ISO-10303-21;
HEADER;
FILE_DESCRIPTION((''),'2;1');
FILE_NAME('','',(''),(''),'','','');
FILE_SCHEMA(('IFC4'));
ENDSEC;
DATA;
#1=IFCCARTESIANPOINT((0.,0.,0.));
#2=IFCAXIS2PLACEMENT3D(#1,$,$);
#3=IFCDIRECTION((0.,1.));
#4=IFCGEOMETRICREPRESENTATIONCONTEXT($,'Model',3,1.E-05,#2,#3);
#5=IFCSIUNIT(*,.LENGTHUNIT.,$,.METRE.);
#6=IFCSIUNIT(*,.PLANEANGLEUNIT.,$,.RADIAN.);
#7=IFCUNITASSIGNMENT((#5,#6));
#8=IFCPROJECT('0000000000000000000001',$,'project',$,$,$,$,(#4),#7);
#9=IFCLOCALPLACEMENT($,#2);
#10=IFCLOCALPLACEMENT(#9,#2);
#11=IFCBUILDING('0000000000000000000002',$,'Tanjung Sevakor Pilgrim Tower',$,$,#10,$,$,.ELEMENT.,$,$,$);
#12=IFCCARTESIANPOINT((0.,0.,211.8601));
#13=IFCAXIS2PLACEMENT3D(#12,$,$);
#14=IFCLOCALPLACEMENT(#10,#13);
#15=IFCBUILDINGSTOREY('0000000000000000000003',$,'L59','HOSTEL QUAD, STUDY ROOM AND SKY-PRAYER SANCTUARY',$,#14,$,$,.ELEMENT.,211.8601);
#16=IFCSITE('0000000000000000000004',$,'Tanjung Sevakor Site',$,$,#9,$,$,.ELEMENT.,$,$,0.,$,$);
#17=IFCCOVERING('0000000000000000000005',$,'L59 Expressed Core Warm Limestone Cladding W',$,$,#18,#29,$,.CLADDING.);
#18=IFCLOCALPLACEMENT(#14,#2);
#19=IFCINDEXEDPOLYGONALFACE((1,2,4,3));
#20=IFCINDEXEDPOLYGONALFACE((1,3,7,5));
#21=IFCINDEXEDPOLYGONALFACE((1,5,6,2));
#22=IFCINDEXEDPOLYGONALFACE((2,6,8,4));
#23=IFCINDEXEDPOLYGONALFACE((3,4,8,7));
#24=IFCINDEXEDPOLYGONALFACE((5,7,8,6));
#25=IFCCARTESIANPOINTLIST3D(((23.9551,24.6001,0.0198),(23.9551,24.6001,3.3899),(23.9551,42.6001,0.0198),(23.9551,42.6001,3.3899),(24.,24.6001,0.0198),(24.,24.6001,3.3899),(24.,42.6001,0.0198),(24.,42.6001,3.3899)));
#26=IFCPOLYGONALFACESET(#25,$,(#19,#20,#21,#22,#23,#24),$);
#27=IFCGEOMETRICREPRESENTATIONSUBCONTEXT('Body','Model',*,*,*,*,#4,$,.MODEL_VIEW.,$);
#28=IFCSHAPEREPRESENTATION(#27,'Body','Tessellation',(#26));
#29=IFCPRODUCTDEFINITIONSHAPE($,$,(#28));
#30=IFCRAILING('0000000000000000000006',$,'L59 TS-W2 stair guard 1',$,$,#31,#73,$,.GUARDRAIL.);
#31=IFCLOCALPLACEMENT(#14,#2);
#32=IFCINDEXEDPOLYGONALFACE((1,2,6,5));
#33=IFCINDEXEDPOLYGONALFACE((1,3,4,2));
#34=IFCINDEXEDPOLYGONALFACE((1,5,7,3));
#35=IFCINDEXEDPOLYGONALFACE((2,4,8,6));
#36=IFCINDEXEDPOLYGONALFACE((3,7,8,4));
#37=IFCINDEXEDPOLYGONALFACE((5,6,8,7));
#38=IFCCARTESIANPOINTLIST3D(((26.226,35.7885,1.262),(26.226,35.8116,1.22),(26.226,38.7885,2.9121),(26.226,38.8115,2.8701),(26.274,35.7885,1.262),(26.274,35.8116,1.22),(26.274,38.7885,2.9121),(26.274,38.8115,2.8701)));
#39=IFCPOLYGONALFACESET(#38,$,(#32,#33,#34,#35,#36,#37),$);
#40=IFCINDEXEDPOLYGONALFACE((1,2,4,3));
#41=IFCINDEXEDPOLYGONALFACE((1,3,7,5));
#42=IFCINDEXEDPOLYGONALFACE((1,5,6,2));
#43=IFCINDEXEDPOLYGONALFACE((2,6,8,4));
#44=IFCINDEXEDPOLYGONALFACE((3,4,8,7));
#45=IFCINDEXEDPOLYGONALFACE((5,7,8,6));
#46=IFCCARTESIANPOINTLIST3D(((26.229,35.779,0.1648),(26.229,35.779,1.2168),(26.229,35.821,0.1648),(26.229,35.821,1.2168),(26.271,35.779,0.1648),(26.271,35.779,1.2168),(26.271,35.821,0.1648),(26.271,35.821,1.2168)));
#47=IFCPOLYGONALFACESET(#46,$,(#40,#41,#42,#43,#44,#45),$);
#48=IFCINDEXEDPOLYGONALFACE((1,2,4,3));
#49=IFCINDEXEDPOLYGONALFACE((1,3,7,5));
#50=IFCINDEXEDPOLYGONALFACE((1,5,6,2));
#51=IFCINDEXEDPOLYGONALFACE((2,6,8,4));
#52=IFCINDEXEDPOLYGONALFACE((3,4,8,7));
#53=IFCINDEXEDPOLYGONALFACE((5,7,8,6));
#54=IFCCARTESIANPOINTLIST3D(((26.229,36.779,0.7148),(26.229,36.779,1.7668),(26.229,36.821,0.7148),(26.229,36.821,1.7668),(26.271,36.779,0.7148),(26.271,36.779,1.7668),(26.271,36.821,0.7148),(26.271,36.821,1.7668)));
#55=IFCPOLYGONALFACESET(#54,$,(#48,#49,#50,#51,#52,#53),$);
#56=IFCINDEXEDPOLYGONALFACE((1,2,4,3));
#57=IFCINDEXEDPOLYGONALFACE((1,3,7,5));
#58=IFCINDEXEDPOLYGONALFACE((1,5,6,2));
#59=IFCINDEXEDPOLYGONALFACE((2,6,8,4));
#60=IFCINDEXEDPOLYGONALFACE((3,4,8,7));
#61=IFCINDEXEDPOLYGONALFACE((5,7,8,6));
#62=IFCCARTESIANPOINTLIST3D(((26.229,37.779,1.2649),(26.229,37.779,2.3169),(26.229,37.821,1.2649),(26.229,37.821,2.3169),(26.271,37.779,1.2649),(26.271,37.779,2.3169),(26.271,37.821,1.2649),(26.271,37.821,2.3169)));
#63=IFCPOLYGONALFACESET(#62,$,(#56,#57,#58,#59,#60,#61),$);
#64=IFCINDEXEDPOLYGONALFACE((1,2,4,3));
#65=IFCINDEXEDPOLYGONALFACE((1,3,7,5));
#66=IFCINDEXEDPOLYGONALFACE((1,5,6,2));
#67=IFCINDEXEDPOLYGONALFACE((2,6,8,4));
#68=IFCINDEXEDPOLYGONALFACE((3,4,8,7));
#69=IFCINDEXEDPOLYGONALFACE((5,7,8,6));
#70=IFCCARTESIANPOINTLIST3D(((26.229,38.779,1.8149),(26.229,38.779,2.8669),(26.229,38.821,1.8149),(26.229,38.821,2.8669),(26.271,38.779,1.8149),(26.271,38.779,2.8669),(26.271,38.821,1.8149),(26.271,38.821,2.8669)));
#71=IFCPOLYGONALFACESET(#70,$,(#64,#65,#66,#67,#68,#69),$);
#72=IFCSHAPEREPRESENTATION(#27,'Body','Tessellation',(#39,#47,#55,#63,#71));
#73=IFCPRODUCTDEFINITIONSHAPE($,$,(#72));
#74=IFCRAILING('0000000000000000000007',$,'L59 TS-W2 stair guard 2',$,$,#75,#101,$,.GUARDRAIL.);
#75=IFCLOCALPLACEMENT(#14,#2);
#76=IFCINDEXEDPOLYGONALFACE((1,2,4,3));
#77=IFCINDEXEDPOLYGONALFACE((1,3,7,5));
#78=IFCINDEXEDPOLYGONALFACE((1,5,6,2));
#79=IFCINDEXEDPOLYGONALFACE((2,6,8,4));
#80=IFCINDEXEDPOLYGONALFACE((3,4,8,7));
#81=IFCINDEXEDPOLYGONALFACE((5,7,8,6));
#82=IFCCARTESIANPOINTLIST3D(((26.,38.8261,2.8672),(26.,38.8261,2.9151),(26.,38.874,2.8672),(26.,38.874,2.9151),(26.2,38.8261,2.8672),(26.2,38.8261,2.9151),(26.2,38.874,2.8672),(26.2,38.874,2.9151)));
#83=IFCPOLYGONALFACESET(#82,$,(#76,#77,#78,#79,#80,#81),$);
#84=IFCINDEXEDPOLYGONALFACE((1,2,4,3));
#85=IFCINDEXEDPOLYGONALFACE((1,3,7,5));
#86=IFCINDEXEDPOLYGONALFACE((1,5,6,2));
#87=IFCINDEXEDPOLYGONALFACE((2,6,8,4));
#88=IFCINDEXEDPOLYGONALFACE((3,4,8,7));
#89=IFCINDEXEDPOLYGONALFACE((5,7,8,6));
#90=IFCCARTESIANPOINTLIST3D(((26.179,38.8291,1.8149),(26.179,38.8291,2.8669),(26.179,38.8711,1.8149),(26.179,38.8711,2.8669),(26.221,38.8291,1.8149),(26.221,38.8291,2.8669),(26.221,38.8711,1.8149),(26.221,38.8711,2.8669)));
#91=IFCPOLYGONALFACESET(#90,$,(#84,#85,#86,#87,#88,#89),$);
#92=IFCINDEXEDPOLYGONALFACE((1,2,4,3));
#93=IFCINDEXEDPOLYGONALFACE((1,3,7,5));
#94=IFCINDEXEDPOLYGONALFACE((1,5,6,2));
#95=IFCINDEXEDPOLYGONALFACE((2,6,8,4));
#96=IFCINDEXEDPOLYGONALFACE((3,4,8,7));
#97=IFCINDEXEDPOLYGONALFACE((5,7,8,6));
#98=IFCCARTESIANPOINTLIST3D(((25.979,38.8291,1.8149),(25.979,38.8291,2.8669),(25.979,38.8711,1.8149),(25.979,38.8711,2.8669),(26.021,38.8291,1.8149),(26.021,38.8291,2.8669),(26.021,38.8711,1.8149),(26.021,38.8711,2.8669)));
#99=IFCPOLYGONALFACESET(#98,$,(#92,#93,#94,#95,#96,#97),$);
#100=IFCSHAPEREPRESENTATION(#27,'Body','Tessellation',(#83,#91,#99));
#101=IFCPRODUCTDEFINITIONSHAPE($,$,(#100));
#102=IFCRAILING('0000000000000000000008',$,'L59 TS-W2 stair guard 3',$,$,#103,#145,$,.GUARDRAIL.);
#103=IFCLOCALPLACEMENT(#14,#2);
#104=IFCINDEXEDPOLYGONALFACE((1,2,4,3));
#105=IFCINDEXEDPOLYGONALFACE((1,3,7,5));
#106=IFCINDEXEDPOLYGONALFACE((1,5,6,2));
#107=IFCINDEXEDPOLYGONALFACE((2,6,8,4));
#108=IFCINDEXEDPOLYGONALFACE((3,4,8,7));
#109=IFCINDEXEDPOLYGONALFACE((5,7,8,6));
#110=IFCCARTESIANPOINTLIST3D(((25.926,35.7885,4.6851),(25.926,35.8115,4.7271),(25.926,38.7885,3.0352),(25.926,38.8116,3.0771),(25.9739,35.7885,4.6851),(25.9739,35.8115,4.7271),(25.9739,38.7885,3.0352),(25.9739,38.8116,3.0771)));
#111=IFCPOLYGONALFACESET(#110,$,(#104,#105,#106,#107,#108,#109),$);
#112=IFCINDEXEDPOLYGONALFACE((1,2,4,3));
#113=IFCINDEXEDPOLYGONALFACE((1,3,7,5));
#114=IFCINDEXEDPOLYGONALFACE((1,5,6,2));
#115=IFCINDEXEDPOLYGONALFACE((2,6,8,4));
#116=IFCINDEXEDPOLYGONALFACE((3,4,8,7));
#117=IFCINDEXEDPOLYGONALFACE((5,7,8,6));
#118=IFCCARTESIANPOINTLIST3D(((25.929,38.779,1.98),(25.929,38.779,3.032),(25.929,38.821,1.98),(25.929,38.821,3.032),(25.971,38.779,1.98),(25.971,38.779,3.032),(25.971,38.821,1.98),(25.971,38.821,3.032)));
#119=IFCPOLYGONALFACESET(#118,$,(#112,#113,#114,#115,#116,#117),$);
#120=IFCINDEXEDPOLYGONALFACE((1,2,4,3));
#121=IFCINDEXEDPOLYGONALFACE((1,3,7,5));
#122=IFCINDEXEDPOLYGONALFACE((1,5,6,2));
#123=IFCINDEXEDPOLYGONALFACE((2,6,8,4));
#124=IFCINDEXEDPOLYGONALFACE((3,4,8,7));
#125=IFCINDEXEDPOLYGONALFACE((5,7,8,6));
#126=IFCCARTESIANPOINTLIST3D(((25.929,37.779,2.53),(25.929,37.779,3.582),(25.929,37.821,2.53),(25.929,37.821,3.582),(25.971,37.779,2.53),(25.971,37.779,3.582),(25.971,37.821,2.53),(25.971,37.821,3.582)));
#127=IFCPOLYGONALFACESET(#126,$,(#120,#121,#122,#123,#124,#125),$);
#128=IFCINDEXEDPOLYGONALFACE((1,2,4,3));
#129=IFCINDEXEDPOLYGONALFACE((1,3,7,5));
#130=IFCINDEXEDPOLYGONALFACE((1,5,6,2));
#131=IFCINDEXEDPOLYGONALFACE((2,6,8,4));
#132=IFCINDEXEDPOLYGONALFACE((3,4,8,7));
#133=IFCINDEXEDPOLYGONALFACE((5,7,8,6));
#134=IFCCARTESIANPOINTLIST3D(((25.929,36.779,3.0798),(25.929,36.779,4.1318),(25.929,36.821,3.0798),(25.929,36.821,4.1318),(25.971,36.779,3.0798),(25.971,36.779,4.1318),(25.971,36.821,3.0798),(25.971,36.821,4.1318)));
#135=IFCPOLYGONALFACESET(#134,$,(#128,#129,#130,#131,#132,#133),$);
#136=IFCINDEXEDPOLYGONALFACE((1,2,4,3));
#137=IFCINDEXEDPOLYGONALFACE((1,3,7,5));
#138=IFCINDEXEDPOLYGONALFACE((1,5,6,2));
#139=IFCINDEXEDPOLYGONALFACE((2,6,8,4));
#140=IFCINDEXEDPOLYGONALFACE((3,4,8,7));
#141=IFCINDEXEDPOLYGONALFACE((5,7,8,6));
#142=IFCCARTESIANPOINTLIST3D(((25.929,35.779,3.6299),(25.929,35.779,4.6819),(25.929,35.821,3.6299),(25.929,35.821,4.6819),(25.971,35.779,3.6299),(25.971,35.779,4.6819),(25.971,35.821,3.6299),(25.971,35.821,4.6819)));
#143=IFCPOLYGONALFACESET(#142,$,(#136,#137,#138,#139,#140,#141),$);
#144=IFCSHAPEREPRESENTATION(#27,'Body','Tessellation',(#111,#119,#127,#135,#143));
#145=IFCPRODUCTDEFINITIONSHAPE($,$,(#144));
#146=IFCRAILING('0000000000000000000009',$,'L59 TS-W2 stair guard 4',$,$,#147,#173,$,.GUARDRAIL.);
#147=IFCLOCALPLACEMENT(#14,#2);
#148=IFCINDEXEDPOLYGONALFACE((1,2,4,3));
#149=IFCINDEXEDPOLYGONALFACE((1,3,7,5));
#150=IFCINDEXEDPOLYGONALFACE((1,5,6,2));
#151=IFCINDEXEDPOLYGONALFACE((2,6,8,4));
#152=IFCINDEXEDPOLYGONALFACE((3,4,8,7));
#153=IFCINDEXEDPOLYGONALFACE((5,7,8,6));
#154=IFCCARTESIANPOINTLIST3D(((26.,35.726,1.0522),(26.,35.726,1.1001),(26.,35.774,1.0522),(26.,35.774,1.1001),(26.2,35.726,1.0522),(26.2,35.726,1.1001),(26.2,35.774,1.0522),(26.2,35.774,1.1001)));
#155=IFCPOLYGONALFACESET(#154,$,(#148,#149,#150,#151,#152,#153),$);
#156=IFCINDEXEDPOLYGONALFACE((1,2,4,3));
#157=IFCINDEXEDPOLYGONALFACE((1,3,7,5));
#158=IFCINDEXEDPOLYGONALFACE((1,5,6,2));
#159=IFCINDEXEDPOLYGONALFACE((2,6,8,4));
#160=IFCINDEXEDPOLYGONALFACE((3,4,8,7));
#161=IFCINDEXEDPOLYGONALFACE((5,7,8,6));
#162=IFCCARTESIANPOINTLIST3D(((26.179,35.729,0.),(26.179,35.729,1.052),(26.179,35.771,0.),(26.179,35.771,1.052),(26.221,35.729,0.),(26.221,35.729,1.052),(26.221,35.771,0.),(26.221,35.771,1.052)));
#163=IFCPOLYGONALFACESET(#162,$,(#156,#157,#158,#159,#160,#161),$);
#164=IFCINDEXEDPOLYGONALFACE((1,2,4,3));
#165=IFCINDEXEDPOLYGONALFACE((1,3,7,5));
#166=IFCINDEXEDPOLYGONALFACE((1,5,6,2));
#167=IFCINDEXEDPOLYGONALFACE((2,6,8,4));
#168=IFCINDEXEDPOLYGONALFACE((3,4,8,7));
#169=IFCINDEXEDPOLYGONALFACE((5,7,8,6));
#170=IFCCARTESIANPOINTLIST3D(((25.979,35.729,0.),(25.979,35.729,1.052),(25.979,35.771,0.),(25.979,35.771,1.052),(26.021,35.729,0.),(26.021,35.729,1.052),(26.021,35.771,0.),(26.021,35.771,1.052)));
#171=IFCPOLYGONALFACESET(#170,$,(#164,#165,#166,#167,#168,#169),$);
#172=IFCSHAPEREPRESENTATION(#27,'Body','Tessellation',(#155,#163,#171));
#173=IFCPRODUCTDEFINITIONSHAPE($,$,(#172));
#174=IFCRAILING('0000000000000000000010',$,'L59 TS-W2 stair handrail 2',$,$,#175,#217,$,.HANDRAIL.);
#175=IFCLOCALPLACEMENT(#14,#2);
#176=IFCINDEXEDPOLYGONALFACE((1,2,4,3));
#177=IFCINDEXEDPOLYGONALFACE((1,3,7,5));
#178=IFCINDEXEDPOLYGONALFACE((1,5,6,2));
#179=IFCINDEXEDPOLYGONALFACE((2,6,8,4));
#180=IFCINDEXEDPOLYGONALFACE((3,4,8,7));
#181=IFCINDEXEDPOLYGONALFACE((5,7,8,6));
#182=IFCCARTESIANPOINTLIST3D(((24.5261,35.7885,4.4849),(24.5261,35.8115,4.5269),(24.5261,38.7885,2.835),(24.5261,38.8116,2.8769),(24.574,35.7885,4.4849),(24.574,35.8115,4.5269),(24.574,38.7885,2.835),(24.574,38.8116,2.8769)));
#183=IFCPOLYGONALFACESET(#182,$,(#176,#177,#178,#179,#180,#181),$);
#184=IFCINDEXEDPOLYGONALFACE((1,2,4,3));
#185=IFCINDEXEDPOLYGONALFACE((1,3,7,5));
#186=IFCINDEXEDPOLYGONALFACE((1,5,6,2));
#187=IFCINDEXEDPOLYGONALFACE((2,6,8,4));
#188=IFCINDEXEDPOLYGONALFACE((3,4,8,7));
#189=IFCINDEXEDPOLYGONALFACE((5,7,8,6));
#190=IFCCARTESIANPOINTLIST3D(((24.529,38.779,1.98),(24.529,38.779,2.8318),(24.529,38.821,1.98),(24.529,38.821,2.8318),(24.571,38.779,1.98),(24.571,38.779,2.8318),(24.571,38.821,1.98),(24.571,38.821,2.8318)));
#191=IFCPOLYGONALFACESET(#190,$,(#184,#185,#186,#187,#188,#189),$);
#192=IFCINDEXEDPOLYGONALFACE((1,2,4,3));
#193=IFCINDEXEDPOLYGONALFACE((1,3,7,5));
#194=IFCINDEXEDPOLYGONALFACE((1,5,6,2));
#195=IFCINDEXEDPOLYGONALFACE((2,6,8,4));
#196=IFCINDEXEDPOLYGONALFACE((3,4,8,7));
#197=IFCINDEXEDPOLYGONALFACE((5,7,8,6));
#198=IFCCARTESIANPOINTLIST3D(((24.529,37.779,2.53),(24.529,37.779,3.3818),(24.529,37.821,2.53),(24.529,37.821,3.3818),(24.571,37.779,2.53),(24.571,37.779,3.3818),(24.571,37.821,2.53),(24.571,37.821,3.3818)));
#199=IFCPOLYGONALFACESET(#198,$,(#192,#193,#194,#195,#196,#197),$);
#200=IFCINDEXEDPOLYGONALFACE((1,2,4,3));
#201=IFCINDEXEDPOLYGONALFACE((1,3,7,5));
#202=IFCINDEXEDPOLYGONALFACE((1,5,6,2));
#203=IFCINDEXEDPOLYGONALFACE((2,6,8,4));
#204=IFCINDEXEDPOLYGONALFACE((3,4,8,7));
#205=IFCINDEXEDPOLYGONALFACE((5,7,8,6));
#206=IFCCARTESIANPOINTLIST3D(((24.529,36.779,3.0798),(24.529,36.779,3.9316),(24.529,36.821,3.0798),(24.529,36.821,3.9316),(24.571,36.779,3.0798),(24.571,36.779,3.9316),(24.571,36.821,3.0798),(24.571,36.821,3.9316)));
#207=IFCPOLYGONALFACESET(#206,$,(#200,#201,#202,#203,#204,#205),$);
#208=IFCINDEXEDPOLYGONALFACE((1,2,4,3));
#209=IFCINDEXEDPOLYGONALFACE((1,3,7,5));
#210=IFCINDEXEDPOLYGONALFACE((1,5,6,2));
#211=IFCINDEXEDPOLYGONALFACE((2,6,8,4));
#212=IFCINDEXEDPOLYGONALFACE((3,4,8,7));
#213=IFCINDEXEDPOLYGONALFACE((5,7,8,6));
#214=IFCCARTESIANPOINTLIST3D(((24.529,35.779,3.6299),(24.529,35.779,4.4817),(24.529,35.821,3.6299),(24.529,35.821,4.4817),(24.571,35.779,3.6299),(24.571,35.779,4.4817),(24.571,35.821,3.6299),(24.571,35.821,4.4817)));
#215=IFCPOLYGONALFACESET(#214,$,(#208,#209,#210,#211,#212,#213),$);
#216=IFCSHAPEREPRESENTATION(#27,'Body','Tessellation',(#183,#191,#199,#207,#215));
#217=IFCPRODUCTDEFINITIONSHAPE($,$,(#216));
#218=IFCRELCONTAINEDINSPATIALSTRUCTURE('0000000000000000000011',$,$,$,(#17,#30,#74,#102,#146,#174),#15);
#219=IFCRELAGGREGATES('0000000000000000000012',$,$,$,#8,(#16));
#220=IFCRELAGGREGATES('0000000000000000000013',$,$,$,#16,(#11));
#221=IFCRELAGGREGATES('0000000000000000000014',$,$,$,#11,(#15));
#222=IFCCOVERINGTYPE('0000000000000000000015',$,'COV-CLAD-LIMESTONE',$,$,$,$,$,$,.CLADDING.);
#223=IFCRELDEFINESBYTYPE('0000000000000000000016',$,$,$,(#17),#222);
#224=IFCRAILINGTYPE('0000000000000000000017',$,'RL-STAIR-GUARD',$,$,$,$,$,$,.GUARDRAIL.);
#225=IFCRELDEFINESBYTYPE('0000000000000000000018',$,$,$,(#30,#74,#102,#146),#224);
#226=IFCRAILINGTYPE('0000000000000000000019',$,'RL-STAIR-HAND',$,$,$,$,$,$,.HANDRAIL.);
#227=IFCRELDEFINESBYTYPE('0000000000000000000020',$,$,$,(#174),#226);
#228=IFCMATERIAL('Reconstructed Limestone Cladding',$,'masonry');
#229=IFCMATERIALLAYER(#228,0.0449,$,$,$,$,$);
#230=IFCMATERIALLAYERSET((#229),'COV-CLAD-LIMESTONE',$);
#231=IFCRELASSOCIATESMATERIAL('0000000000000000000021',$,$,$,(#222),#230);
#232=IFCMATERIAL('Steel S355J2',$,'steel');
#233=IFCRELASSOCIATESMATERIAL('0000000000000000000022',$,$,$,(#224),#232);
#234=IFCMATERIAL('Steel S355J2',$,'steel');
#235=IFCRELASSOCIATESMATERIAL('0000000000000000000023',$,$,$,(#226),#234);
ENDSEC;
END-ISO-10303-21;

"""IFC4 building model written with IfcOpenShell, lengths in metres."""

from ifc_helpers import new_model, si_unit, direction, frame, origin, origin_2d, place, context, subcontext, project, spatial, rectangle, extrude, material, layer, layer_set, type_object, element, save


model = new_model("IFC4")

# Units and contexts
model_context = context("Model", 3, precision=1e-05, world=origin(), true_north=direction((0.0, 1.0)))
body_context = subcontext(model_context, "Body", "Model", "MODEL_VIEW")
ifc_project = project(units=[si_unit("LENGTHUNIT", "METRE"), si_unit("PLANEANGLEUNIT", "RADIAN")], contexts=[model_context])

# Site, building, storey
site_placement = place(None, origin())
site = spatial("IfcSite", under=ifc_project, at=site_placement, Name="Tanjung Sevakor Site", CompositionType="ELEMENT", RefElevation=0.0)
building_placement = place(site_placement, origin())
building = spatial("IfcBuilding", under=site, at=building_placement, Name="Tanjung Sevakor Pilgrim Tower", CompositionType="ELEMENT")
storey_placement = place(building_placement, frame((0.0, 0.0, 211.8601)))
storey = spatial("IfcBuildingStorey", under=building, at=storey_placement, Name="L59", Description="HOSTEL QUAD, STUDY ROOM AND SKY-PRAYER SANCTUARY", CompositionType="ELEMENT", Elevation=211.8601)

# Covering
ifc_material_1 = material(Name="Reconstructed Limestone Cladding", Category="masonry")
ifc_layer_1 = layer(ifc_material_1, 0.0449)
ifc_layer_set_1 = layer_set([ifc_layer_1], Name="COV-CLAD-LIMESTONE")
covering_type = type_object("IfcCoveringType", Name="COV-CLAD-LIMESTONE", PredefinedType="CLADDING", material=ifc_layer_set_1)
covering_1_placement = place(storey_placement, frame((23.9775, 33.6001, 0.0198), z_axis=(0.0, 0.0, 1.0), x_axis=(1.0, 0.0, 0.0)))
element("IfcCovering", 1, at=covering_1_placement, inside=storey, type_object=covering_type, Name="L59 Expressed Core Warm Limestone Cladding W", PredefinedType="CLADDING", context=body_context, shape_type="SweptSolid", body=[
    extrude(rectangle(XDim=0.0449, YDim=18.0, at=origin_2d()), origin(), (0.0, 0.0, 1.0), 3.3701),
])

# Railings
ifc_material_2 = material(Name="Steel S355J2", Category="steel")
railing_type_1 = type_object("IfcRailingType", Name="RL-STAIR-GUARD", PredefinedType="GUARDRAIL", material=ifc_material_2)
railing_1_placement = place(storey_placement, frame((26.25, 35.8, 0.1648)))
element("IfcRailing", 2, at=railing_1_placement, inside=storey, type_object=railing_type_1, Name="L59 TS-W2 stair guard 1", PredefinedType="GUARDRAIL", context=body_context, shape_type="SweptSolid", body=[
    extrude(rectangle(XDim=0.0479, YDim=0.0479), frame((0.0, 0.0, 1.0762), z_axis=(0.0, 0.876198, 0.481952), x_axis=(-1.0, 0.0, 0.0)), (0.0, 0.0, 1.0), 3.4238),
    extrude(rectangle(XDim=0.042, YDim=0.042), origin(), (0.0, 0.0, 1.0), 1.052),
    extrude(rectangle(XDim=0.042, YDim=0.042), frame((0.0, 1.0, 0.55)), (0.0, 0.0, 1.0), 1.052),
    extrude(rectangle(XDim=0.042, YDim=0.042), frame((0.0, 2.0, 1.1001)), (0.0, 0.0, 1.0), 1.052),
    extrude(rectangle(XDim=0.042, YDim=0.042), frame((0.0, 3.0, 1.6501)), (0.0, 0.0, 1.0), 1.052),
])
railing_2_placement = place(storey_placement, frame((26.2, 38.8501, 1.8149)))
element("IfcRailing", 3, at=railing_2_placement, inside=storey, type_object=railing_type_1, Name="L59 TS-W2 stair guard 2", PredefinedType="GUARDRAIL", context=body_context, shape_type="SweptSolid", body=[
    extrude(rectangle(XDim=0.0479, YDim=0.0479), frame((0.0, 0.0, 1.0762), z_axis=(-1.0, 0.0, 0.0), x_axis=(0.0, -1.0, 0.0)), (0.0, 0.0, 1.0), 0.2),
    extrude(rectangle(XDim=0.042, YDim=0.042), origin(), (0.0, 0.0, 1.0), 1.052),
    extrude(rectangle(XDim=0.042, YDim=0.042), frame((-0.2, 0.0, 0.0)), (0.0, 0.0, 1.0), 1.052),
])
railing_3_placement = place(storey_placement, frame((25.95, 38.8, 1.98)))
element("IfcRailing", 4, at=railing_3_placement, inside=storey, type_object=railing_type_1, Name="L59 TS-W2 stair guard 3", PredefinedType="GUARDRAIL", context=body_context, shape_type="SweptSolid", body=[
    extrude(rectangle(XDim=0.0479, YDim=0.0479), frame((0.0, 0.0, 1.0762), z_axis=(0.0, -0.876228, 0.481897), x_axis=(1.0, 0.0, 0.0)), (0.0, 0.0, 1.0), 3.4238),
    extrude(rectangle(XDim=0.042, YDim=0.042), origin(), (0.0, 0.0, 1.0), 1.052),
    extrude(rectangle(XDim=0.042, YDim=0.042), frame((0.0, -1.0, 0.55)), (0.0, 0.0, 1.0), 1.052),
    extrude(rectangle(XDim=0.042, YDim=0.042), frame((0.0, -2.0, 1.0999)), (0.0, 0.0, 1.0), 1.052),
    extrude(rectangle(XDim=0.042, YDim=0.042), frame((0.0, -3.0, 1.6499)), (0.0, 0.0, 1.0), 1.052),
])
railing_4_placement = place(storey_placement, frame((26.2, 35.75, 0.0)))
element("IfcRailing", 5, at=railing_4_placement, inside=storey, type_object=railing_type_1, Name="L59 TS-W2 stair guard 4", PredefinedType="GUARDRAIL", context=body_context, shape_type="SweptSolid", body=[
    extrude(rectangle(XDim=0.0479, YDim=0.0479), frame((0.0, 0.0, 1.0762), z_axis=(-1.0, 0.0, 0.0), x_axis=(0.0, -1.0, 0.0)), (0.0, 0.0, 1.0), 0.2),
    extrude(rectangle(XDim=0.042, YDim=0.042), origin(), (0.0, 0.0, 1.0), 1.052),
    extrude(rectangle(XDim=0.042, YDim=0.042), frame((-0.2, 0.0, 0.0)), (0.0, 0.0, 1.0), 1.052),
])
ifc_material_3 = material(Name="Steel S355J2", Category="steel")
railing_type_2 = type_object("IfcRailingType", Name="RL-STAIR-HAND", PredefinedType="HANDRAIL", material=ifc_material_3)
railing_5_placement = place(storey_placement, frame((24.55, 38.8, 1.98)))
element("IfcRailing", 6, at=railing_5_placement, inside=storey, type_object=railing_type_2, Name="L59 TS-W2 stair handrail 2", PredefinedType="HANDRAIL", context=body_context, shape_type="SweptSolid", body=[
    extrude(rectangle(XDim=0.0479, YDim=0.0479), frame((0.0, 0.0, 0.876), z_axis=(0.0, -0.876228, 0.481897), x_axis=(1.0, 0.0, 0.0)), (0.0, 0.0, 1.0), 3.4238),
    extrude(rectangle(XDim=0.042, YDim=0.042), origin(), (0.0, 0.0, 1.0), 0.8518),
    extrude(rectangle(XDim=0.042, YDim=0.042), frame((0.0, -1.0, 0.55)), (0.0, 0.0, 1.0), 0.8518),
    extrude(rectangle(XDim=0.042, YDim=0.042), frame((0.0, -2.0, 1.0999)), (0.0, 0.0, 1.0), 0.8518),
    extrude(rectangle(XDim=0.042, YDim=0.042), frame((0.0, -3.0, 1.6499)), (0.0, 0.0, 1.0), 0.8518),
])

save(model, "model.ifc")
